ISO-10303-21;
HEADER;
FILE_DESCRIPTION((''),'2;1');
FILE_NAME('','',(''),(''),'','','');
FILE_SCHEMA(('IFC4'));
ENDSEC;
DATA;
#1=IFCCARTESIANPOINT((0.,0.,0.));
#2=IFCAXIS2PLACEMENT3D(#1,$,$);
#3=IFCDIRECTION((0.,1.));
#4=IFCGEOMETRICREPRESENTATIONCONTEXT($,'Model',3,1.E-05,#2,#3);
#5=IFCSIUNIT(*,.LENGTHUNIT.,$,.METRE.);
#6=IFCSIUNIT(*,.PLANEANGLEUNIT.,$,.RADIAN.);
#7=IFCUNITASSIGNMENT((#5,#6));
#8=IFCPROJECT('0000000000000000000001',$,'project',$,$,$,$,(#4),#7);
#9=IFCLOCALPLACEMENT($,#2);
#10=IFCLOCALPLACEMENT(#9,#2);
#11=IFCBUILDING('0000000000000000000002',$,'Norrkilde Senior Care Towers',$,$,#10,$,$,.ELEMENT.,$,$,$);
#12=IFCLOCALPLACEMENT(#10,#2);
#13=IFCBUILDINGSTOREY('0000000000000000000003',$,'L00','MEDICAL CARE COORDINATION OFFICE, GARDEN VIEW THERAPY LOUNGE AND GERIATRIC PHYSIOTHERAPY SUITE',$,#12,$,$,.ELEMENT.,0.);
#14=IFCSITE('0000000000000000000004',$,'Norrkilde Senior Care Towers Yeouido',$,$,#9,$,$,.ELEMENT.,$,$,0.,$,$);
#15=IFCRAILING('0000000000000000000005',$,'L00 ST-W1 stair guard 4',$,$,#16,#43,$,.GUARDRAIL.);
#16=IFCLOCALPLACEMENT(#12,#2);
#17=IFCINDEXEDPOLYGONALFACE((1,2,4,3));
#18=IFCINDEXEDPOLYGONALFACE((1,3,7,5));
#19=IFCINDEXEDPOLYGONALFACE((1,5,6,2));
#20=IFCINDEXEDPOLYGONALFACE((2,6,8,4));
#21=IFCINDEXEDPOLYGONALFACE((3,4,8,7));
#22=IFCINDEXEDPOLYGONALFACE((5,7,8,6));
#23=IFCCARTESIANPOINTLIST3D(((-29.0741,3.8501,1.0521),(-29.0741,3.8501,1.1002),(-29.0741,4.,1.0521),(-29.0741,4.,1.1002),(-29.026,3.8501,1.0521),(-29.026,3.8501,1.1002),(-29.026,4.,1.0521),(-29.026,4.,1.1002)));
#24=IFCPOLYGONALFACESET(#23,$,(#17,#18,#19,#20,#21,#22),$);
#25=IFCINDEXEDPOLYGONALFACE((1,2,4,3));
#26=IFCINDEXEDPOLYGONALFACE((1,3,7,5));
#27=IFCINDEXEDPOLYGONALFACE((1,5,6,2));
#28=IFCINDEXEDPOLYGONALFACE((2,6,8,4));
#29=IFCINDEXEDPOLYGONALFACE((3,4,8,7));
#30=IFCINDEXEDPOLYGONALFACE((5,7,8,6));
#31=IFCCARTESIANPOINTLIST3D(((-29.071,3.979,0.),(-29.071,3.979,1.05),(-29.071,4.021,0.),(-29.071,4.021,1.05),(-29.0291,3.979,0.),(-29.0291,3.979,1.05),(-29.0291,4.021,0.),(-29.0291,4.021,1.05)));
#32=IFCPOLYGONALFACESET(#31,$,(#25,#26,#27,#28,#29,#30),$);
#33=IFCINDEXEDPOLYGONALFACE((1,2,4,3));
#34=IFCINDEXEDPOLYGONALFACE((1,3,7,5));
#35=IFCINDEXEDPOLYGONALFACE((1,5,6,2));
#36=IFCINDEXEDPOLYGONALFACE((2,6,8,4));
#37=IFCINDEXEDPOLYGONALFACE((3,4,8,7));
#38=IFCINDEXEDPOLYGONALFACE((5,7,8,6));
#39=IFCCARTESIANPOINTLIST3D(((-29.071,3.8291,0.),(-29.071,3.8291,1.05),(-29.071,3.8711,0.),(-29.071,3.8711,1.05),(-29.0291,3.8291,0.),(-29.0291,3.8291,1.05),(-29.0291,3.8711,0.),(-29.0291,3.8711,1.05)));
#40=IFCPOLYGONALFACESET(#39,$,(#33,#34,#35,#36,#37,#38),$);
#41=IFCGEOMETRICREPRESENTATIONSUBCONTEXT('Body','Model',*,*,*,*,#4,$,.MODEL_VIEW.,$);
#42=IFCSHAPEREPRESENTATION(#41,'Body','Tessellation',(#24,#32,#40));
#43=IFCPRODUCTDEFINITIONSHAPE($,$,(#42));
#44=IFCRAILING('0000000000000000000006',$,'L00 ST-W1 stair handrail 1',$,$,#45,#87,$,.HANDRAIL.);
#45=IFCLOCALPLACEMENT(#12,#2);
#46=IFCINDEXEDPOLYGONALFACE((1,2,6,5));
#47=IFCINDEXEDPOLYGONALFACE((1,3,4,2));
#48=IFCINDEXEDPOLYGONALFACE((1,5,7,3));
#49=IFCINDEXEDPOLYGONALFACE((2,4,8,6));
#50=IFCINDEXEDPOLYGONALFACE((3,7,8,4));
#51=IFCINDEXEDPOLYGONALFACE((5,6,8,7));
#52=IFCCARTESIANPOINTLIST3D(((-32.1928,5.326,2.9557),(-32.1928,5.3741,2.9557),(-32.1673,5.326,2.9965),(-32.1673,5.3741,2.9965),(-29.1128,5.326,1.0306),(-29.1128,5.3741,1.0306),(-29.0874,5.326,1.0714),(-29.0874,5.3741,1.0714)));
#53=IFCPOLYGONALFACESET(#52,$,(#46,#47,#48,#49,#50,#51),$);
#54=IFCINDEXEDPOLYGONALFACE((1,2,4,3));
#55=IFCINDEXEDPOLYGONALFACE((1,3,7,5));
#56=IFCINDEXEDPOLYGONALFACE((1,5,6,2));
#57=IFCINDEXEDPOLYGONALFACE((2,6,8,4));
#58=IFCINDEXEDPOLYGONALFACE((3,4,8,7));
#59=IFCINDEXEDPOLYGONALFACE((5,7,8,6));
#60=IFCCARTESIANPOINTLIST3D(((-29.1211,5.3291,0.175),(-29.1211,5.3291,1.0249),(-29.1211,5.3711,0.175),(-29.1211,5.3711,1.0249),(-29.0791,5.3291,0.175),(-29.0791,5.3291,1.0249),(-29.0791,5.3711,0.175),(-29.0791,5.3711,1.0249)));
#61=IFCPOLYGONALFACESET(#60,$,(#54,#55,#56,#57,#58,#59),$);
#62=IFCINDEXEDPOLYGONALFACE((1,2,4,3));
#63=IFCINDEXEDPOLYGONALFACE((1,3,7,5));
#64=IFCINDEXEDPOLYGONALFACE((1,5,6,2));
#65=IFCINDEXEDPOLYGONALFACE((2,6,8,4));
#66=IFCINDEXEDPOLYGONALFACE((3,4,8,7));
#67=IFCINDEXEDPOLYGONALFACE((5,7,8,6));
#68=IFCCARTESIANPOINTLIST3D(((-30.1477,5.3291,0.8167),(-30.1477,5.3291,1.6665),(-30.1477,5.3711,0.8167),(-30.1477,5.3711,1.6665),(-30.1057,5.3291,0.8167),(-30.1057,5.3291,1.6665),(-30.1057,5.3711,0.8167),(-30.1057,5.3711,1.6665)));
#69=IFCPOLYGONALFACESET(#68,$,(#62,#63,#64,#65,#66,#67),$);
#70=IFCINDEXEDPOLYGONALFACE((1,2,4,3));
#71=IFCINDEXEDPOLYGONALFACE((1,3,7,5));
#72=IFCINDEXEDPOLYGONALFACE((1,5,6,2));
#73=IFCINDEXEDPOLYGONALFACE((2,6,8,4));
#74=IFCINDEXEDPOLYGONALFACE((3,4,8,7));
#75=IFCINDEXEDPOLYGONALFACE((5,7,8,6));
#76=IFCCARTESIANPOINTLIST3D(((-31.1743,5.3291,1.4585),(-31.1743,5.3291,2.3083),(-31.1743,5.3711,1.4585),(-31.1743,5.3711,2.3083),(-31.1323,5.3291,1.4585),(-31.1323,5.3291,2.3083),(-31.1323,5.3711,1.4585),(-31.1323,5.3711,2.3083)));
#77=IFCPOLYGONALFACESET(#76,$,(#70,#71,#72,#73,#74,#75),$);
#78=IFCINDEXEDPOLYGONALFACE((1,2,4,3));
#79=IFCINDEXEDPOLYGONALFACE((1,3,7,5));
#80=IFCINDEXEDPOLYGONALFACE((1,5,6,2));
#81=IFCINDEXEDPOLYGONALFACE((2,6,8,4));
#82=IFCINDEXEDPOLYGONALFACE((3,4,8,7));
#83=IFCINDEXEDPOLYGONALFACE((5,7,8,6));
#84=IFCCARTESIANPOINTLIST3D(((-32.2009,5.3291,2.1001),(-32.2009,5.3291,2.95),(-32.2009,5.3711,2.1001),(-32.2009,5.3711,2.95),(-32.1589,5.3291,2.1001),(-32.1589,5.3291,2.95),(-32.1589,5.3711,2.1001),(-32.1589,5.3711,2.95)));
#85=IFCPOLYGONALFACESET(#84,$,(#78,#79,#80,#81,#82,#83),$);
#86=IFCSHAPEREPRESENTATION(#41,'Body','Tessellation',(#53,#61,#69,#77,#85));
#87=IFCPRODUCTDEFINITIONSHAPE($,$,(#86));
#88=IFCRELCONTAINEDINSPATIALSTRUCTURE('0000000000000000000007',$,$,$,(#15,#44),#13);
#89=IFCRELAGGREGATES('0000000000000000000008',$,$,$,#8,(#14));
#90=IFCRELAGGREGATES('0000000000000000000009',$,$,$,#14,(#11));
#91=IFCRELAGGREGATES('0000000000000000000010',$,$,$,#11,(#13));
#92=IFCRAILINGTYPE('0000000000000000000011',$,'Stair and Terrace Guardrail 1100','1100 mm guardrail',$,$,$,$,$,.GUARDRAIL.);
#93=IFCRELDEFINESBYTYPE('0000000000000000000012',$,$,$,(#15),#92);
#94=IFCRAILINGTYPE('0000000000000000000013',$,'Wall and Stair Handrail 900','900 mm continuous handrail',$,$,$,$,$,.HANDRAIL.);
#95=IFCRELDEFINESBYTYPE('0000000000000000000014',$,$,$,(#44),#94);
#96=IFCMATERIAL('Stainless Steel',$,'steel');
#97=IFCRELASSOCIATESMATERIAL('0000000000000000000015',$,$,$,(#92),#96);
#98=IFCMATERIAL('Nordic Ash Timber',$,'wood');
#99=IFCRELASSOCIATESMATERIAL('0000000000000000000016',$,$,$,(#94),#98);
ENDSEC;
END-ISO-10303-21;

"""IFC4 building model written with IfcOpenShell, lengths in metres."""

from ifc_helpers import new_model, si_unit, direction, frame, origin, origin_2d, place, context, subcontext, project, spatial, rectangle, extrude, material, type_object, element, save


model = new_model("IFC4")

# Units and contexts
model_context = context("Model", 3, precision=1e-05, world=origin(), true_north=direction((0.0, 1.0)))
body_context = subcontext(model_context, "Body", "Model", "MODEL_VIEW")
ifc_project = project(units=[si_unit("LENGTHUNIT", "METRE"), si_unit("PLANEANGLEUNIT", "RADIAN")], contexts=[model_context])

# Site, building, storey
site_placement = place(None, origin())
site = spatial("IfcSite", under=ifc_project, at=site_placement, Name="Norrkilde Senior Care Towers Yeouido", CompositionType="ELEMENT", RefElevation=0.0)
building_placement = place(site_placement, origin())
building = spatial("IfcBuilding", under=site, at=building_placement, Name="Norrkilde Senior Care Towers", CompositionType="ELEMENT")
storey_placement = place(building_placement, origin())
storey = spatial("IfcBuildingStorey", under=building, at=storey_placement, Name="L00", Description="MEDICAL CARE COORDINATION OFFICE, GARDEN VIEW THERAPY LOUNGE AND GERIATRIC PHYSIOTHERAPY SUITE", CompositionType="ELEMENT", Elevation=0.0)

# Shared definitions
ifc_material_1 = material(Name="Stainless Steel", Category="steel")

# Shared definitions
ifc_material_2 = material(Name="Nordic Ash Timber", Category="wood")

# Railings
railing_type_1 = type_object("IfcRailingType", Name="Stair and Terrace Guardrail 1100", Description="1100 mm guardrail", PredefinedType="GUARDRAIL", material=ifc_material_1)
railing_1_placement = place(storey_placement, frame((-29.05, 4.0, 0.0)))
element("IfcRailing", 1, at=railing_1_placement, inside=storey, type_object=railing_type_1, Name="L00 ST-W1 stair guard 4", PredefinedType="GUARDRAIL", context=body_context, shape_type="SweptSolid", body=[
    extrude(rectangle(XDim=0.0481, YDim=0.0481, at=origin_2d()), frame((0.0, 0.0, 1.0762), z_axis=(0.0, -1.0, 0.0), x_axis=(1.0, 0.0, 0.0)), (0.0, 0.0, 1.0), 0.1499),
    extrude(rectangle(XDim=0.042, YDim=0.042, at=origin_2d()), origin(), (0.0, 0.0, 1.0), 1.05),
    extrude(rectangle(XDim=0.042, YDim=0.042, at=origin_2d()), frame((0.0, -0.1499, 0.0)), (0.0, 0.0, 1.0), 1.05),
])
railing_type_2 = type_object("IfcRailingType", Name="Wall and Stair Handrail 900", Description="900 mm continuous handrail", PredefinedType="HANDRAIL", material=ifc_material_2)
railing_2_placement = place(storey_placement, frame((-29.1001, 5.3501, 0.175)))
element("IfcRailing", 2, at=railing_2_placement, inside=storey, type_object=railing_type_2, Name="L00 ST-W1 stair handrail 1", PredefinedType="HANDRAIL", context=body_context, shape_type="SweptSolid", body=[
    extrude(rectangle(XDim=0.0481, YDim=0.0481, at=origin_2d()), frame((0.0, 0.0, 0.876), z_axis=(-0.847979, 0.0, 0.530029), x_axis=(0.0, -1.0, 0.0)), (0.0, 0.0, 1.0), 3.6321),
    extrude(rectangle(XDim=0.042, YDim=0.042, at=origin_2d()), origin(), (0.0, 0.0, 1.0), 0.8499),
    extrude(rectangle(XDim=0.042, YDim=0.042, at=origin_2d()), frame((-1.0266, 0.0, 0.6416)), (0.0, 0.0, 1.0), 0.8499),
    extrude(rectangle(XDim=0.042, YDim=0.042, at=origin_2d()), frame((-2.0532, 0.0, 1.2834)), (0.0, 0.0, 1.0), 0.8499),
    extrude(rectangle(XDim=0.042, YDim=0.042, at=origin_2d()), frame((-3.0798, 0.0, 1.925)), (0.0, 0.0, 1.0), 0.8499),
])

save(model, "model.ifc")
